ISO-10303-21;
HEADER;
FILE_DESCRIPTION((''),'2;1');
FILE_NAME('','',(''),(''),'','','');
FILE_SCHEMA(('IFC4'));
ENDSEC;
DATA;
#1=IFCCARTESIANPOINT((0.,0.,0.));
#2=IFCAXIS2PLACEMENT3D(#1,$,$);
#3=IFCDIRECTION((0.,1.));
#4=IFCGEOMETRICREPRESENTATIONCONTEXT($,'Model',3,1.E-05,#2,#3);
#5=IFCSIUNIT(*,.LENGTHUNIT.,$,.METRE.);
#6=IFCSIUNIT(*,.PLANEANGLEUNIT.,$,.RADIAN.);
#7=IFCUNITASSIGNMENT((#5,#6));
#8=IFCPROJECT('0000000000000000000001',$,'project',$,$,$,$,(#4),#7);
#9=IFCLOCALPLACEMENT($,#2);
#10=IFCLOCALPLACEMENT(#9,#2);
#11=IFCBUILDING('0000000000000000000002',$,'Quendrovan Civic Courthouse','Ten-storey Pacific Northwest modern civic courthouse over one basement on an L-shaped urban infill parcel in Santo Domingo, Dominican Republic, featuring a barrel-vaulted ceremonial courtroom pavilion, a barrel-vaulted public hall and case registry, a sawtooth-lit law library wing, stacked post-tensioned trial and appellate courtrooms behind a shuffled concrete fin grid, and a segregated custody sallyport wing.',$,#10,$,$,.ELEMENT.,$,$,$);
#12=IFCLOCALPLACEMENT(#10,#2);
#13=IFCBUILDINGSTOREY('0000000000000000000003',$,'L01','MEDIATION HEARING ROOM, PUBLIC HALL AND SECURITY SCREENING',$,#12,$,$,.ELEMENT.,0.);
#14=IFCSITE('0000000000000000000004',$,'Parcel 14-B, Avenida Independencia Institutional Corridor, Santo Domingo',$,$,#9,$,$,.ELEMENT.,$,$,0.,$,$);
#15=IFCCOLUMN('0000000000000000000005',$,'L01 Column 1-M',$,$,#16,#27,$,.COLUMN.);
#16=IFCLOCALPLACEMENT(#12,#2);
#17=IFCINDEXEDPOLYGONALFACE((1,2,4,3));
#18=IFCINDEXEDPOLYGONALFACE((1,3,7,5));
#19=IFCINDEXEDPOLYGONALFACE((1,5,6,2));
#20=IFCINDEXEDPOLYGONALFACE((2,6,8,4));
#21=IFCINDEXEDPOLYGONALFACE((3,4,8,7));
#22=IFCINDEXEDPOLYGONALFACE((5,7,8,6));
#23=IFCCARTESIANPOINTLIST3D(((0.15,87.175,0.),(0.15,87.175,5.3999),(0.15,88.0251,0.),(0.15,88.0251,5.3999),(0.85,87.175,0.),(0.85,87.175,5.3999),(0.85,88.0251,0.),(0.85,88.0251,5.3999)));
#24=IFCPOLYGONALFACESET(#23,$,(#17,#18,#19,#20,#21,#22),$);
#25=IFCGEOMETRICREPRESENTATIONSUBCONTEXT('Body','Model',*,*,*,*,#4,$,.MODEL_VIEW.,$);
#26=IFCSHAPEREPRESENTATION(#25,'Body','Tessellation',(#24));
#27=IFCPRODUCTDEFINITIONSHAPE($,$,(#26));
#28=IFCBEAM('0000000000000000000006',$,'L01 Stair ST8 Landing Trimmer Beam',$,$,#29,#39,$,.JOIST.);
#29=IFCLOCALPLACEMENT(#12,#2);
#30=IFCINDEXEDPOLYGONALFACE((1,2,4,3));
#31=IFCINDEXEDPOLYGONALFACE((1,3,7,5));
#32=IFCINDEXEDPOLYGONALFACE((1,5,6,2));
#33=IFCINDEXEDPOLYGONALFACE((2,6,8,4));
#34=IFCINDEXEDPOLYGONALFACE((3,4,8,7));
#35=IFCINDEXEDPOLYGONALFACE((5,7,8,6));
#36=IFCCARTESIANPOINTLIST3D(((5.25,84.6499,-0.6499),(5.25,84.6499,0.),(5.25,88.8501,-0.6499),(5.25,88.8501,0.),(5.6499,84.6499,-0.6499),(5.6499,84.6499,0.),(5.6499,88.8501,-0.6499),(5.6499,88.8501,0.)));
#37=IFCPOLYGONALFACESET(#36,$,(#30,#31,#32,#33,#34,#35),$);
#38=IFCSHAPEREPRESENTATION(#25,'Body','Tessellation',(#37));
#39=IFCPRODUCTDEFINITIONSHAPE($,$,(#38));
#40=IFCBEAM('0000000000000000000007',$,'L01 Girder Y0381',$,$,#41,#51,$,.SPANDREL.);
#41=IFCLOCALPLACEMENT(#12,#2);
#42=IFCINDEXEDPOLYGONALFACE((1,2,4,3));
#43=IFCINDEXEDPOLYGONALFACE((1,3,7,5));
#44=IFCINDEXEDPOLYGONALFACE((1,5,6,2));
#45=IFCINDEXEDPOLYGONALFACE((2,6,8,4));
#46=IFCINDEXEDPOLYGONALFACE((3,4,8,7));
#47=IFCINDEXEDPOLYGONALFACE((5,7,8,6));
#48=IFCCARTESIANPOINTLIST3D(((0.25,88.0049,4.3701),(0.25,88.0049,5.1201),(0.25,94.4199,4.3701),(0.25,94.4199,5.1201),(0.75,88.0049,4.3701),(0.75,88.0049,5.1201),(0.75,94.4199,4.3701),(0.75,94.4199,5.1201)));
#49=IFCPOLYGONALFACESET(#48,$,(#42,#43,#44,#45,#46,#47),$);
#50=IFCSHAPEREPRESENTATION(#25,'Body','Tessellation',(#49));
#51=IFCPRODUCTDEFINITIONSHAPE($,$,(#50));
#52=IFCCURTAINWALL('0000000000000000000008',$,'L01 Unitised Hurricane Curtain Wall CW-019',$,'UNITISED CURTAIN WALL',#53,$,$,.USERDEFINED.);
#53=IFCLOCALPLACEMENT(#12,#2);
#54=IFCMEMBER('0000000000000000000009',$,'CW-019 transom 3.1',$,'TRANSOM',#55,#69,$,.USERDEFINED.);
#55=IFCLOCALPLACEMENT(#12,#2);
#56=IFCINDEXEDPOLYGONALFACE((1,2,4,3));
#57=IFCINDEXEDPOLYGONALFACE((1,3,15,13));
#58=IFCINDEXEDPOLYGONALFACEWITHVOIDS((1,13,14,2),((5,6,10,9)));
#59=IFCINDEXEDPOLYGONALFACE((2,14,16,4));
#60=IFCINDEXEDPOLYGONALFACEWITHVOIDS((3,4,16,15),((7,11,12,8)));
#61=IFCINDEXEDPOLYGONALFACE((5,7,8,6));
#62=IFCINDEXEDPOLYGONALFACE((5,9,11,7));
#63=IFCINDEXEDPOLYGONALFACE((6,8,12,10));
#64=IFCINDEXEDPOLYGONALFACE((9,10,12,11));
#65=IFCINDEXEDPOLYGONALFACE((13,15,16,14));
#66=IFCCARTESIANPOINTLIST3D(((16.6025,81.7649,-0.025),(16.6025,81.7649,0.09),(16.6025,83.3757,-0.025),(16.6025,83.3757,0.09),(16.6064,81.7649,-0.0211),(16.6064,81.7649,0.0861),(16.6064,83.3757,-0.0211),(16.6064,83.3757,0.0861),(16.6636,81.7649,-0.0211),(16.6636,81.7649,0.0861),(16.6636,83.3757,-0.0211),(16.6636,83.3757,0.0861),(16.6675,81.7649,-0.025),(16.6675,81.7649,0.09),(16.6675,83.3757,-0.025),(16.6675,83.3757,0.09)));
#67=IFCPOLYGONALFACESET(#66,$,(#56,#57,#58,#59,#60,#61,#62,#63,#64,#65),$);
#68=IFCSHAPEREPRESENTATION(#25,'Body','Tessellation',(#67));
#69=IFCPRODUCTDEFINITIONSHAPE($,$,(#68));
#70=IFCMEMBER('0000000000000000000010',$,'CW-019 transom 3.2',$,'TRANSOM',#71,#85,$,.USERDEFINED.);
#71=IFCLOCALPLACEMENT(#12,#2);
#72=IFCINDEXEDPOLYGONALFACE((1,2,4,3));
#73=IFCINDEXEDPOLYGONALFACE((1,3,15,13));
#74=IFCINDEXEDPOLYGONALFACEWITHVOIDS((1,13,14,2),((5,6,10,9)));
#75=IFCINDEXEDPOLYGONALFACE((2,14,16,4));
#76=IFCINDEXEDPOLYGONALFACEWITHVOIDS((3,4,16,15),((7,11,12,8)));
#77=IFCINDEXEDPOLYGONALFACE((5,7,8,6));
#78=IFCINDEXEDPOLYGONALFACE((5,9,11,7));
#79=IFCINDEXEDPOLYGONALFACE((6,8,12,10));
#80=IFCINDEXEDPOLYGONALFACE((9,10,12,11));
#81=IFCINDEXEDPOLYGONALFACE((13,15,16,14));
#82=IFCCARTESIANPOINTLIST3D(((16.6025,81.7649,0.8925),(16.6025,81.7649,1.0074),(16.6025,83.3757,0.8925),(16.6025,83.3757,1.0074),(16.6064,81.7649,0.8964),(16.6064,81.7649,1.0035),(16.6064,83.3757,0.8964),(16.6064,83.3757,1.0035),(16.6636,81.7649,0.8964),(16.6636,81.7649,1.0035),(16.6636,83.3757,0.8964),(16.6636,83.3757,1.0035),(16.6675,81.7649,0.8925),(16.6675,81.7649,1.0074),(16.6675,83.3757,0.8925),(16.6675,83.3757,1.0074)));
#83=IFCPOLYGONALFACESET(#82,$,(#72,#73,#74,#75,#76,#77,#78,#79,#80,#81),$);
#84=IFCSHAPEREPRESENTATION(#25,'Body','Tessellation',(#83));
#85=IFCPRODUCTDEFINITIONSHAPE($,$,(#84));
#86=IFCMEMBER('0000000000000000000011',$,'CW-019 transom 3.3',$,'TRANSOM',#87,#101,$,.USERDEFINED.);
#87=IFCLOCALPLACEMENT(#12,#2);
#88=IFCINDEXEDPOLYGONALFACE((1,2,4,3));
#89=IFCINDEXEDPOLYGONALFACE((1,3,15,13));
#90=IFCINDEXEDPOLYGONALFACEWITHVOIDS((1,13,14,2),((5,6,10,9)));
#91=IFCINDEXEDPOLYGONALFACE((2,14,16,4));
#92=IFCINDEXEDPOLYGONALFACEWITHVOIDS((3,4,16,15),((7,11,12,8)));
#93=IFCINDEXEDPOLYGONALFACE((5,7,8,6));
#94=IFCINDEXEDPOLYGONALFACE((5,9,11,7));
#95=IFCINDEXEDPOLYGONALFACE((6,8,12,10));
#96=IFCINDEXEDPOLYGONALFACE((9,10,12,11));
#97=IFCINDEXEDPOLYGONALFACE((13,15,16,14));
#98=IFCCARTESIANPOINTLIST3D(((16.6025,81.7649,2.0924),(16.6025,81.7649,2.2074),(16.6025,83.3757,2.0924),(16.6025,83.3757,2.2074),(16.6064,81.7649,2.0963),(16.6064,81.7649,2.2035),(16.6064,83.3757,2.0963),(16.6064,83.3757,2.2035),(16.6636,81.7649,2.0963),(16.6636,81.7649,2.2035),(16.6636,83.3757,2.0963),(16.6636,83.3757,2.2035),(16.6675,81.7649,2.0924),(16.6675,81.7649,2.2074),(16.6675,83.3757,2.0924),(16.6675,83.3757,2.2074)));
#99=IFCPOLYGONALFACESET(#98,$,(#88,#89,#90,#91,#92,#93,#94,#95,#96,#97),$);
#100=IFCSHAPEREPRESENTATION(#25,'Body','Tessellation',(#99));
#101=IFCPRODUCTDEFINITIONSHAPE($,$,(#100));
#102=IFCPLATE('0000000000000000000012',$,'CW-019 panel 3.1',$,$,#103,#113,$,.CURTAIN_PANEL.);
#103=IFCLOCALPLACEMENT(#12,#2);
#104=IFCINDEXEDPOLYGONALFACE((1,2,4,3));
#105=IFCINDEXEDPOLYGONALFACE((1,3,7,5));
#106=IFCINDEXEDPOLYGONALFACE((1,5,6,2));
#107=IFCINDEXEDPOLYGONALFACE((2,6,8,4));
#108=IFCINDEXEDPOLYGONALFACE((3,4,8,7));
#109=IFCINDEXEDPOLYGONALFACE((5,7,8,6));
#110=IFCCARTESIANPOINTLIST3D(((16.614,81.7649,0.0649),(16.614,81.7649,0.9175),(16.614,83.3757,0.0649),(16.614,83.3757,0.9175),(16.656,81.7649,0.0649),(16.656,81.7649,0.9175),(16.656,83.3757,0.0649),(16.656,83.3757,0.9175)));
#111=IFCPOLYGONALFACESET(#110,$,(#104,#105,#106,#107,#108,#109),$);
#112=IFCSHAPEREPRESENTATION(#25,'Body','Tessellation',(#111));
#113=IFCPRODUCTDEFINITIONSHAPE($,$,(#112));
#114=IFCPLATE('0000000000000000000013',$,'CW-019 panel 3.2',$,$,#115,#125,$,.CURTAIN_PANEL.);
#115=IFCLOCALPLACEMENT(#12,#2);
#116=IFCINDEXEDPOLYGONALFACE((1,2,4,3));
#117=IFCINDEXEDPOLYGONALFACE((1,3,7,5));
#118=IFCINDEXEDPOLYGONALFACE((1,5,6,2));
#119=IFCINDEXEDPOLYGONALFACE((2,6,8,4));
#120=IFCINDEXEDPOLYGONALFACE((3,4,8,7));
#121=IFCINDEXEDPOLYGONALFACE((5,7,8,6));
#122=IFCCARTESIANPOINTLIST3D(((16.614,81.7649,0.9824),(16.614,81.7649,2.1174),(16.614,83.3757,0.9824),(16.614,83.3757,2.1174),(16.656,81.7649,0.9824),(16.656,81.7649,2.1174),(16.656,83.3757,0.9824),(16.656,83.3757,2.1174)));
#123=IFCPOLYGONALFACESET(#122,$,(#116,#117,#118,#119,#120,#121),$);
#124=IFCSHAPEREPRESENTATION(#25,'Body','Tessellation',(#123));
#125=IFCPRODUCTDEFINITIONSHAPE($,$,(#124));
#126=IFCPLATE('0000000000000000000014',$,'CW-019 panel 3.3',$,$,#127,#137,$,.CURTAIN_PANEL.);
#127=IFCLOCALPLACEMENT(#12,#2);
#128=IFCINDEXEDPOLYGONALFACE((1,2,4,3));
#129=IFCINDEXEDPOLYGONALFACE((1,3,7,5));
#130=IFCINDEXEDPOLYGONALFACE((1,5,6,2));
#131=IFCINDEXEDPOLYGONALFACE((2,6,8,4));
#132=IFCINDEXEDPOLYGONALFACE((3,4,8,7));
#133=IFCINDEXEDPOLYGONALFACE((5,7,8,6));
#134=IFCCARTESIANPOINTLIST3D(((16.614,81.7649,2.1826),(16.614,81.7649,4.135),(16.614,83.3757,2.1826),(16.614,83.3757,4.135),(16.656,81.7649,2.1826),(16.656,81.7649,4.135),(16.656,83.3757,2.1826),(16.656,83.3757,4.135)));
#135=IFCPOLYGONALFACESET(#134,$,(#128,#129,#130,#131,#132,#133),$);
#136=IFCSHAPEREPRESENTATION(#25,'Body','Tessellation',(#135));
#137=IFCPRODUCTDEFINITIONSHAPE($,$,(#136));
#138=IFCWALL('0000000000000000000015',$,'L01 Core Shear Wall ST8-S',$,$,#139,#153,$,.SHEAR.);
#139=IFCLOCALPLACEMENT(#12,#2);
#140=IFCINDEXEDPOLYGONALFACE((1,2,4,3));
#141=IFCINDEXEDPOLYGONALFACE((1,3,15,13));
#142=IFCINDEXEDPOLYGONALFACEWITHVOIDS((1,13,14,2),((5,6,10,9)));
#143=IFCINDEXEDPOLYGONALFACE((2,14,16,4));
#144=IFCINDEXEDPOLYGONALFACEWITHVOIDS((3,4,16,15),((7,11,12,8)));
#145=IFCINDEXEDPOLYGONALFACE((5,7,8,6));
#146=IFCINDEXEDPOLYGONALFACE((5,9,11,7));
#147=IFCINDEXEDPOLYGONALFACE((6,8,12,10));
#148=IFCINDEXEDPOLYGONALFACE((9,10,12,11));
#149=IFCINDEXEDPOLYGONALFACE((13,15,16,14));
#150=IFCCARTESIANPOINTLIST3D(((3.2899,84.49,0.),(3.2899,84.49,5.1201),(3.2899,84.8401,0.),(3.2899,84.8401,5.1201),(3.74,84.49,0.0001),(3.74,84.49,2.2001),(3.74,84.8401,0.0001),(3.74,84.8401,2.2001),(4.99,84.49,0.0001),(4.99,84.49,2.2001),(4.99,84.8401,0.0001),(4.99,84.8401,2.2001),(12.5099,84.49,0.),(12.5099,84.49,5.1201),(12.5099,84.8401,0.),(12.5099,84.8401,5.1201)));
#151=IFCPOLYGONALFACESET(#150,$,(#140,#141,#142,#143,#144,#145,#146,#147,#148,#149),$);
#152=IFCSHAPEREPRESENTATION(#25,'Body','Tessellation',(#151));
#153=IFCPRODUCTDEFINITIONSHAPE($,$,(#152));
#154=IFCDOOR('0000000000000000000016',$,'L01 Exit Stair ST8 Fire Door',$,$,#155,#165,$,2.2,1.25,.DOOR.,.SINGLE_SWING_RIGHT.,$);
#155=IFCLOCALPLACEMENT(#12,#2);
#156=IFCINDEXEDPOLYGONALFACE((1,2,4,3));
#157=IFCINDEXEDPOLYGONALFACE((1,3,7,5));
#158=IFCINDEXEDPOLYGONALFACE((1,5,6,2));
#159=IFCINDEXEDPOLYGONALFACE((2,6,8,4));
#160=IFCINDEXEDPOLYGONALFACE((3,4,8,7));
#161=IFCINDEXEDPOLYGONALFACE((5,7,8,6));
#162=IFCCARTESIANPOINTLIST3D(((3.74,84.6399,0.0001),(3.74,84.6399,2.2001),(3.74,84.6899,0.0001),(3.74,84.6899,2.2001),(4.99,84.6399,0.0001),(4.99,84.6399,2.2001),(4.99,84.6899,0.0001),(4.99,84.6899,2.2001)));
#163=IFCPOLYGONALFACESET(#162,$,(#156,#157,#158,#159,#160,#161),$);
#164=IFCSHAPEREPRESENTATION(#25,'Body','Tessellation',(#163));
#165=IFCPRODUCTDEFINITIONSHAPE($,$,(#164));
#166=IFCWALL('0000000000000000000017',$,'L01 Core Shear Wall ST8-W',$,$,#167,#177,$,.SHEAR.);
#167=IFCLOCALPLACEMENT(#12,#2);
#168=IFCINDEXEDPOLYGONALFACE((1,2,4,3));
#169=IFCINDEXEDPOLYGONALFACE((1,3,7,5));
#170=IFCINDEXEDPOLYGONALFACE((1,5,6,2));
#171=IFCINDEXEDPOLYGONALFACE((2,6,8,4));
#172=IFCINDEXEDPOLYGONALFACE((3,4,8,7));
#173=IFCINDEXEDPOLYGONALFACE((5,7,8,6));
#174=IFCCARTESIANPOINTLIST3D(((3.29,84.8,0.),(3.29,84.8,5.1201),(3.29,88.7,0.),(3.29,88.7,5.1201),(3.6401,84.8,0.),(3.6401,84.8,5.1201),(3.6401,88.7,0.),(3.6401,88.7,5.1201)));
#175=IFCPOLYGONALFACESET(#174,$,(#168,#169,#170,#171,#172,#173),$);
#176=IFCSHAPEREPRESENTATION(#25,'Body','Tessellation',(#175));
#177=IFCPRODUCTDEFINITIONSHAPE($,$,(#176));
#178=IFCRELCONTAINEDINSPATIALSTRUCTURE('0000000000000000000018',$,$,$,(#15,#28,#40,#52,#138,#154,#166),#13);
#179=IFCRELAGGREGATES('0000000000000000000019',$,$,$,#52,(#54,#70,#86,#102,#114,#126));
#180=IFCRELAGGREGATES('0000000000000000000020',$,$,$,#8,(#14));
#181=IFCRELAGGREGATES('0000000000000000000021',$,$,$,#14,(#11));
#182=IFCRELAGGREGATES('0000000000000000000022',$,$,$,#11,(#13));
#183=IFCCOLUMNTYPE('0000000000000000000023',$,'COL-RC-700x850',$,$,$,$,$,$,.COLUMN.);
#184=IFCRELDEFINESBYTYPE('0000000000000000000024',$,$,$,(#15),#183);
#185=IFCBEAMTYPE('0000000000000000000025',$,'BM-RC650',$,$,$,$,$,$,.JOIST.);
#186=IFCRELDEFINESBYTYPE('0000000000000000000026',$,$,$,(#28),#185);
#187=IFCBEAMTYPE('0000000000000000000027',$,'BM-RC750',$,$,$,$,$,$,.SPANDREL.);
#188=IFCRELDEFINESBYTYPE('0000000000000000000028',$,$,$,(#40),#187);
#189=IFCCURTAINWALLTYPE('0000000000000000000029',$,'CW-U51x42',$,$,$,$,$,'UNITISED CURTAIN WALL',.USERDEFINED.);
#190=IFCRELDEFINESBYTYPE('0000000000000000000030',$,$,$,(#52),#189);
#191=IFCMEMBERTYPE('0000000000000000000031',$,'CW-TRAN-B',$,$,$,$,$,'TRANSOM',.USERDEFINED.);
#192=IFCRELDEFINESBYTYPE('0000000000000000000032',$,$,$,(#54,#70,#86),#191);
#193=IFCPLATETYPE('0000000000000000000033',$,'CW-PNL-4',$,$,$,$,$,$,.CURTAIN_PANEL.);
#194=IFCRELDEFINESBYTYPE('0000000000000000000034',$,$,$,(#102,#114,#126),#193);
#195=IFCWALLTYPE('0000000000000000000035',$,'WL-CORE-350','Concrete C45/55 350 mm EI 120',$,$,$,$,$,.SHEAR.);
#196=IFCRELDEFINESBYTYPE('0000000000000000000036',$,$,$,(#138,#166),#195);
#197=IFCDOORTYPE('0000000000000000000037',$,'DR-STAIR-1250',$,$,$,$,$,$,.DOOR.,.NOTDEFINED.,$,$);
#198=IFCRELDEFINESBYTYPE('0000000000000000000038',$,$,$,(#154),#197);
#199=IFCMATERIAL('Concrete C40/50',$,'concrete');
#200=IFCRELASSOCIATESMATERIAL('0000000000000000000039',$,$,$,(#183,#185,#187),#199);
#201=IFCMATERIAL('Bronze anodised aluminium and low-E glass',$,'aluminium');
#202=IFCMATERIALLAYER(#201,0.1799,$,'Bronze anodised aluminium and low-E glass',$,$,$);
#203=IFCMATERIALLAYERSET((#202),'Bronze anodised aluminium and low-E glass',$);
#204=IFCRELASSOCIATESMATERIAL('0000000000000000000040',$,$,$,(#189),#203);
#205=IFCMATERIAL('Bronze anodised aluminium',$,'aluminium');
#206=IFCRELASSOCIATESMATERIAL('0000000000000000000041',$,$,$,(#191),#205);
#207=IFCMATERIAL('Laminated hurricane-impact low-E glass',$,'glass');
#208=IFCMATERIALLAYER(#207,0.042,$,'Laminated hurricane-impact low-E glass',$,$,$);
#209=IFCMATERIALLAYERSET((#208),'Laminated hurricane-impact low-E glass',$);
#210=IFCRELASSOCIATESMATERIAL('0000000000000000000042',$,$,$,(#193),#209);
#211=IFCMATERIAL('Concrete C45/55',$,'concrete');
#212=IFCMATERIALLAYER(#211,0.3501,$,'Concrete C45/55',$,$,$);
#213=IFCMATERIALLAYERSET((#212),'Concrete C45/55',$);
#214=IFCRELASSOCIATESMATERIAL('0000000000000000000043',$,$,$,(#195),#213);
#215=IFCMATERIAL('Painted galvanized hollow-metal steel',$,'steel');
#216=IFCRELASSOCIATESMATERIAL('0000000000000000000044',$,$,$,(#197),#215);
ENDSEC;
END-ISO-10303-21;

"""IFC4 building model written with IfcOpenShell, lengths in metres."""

from ifc_helpers import new_model, si_unit, direction, frame, frame_2d, origin, origin_2d, place, context, subcontext, project, spatial, rectangle, hollow_rectangle, extrude, material, layer, layer_set, material_profile, profile_set, type_object, element, fill, aggregate, save


model = new_model("IFC4")

# Units and contexts
model_context = context("Model", 3, precision=1e-05, world=origin(), true_north=direction((0.0, 1.0)))
body_context = subcontext(model_context, "Body", "Model", "MODEL_VIEW")
ifc_project = project(units=[si_unit("LENGTHUNIT", "METRE"), si_unit("PLANEANGLEUNIT", "RADIAN")], contexts=[model_context])

# Site, building, storey
site_placement = place(None, origin())
site = spatial("IfcSite", under=ifc_project, at=site_placement, Name="Parcel 14-B, Avenida Independencia Institutional Corridor, Santo Domingo", CompositionType="ELEMENT", RefElevation=0.0)
building_placement = place(site_placement, origin())
building = spatial("IfcBuilding", under=site, at=building_placement, Name="Quendrovan Civic Courthouse", Description="Ten-storey Pacific Northwest modern civic courthouse over one basement on an L-shaped urban infill parcel in Santo Domingo, Dominican Republic, featuring a barrel-vaulted ceremonial courtroom pavilion, a barrel-vaulted public hall and case registry, a sawtooth-lit law library wing, stacked post-tensioned trial and appellate courtrooms behind a shuffled concrete fin grid, and a segregated custody sallyport wing.", CompositionType="ELEMENT")
storey_placement = place(building_placement, origin())
storey = spatial("IfcBuildingStorey", under=building, at=storey_placement, Name="L01", Description="MEDIATION HEARING ROOM, PUBLIC HALL AND SECURITY SCREENING", CompositionType="ELEMENT", Elevation=0.0)

# Column
ifc_material_1 = material(Name="Concrete C40/50", Category="concrete")
ifc_material_profile_1 = material_profile(ifc_material_1, rectangle(XDim=0.7, YDim=0.8501, at=origin_2d()), Name="RC-COL-700x850")
ifc_profile_set_1 = profile_set([ifc_material_profile_1], Name="Concrete C40/50")
column_type = type_object("IfcColumnType", Name="COL-RC-700x850", PredefinedType="COLUMN", material=ifc_profile_set_1)
column_placement = place(storey_placement, frame((0.5, 87.6001, 0.0), z_axis=(0.0, 0.0, 1.0), x_axis=(1.0, 0.0, 0.0)))
element("IfcColumn", 1, at=column_placement, inside=storey, type_object=column_type, Name="L01 Column 1-M", PredefinedType="COLUMN", context=body_context, shape_type="SweptSolid", body=[
    extrude(rectangle(XDim=0.7, YDim=0.8501, at=origin_2d()), origin(), (0.0, 0.0, 1.0), 5.3999),
])

# Beams
ifc_material_profile_2 = material_profile(ifc_material_1, rectangle(XDim=0.3999, YDim=0.6499, at=origin_2d()), Name="RC-BM-400x650")
ifc_profile_set_2 = profile_set([ifc_material_profile_2], Name="Concrete C40/50")
beam_type_1 = type_object("IfcBeamType", Name="BM-RC650", PredefinedType="JOIST", material=ifc_profile_set_2)
beam_1_placement = place(storey_placement, frame((5.45, 84.6499, -0.325), z_axis=(0.0, 1.0, 0.0), x_axis=(-1.0, 0.0, 0.0)))
element("IfcBeam", 2, at=beam_1_placement, inside=storey, type_object=beam_type_1, Name="L01 Stair ST8 Landing Trimmer Beam", PredefinedType="JOIST", context=body_context, shape_type="SweptSolid", body=[
    extrude(rectangle(XDim=0.3999, YDim=0.6499, at=origin_2d()), origin(), (0.0, 0.0, 1.0), 4.2002),
])
ifc_material_profile_3 = material_profile(ifc_material_1, rectangle(XDim=0.5, YDim=0.75, at=origin_2d()), Name="RC-BM-500x750")
ifc_profile_set_3 = profile_set([ifc_material_profile_3], Name="Concrete C40/50")
beam_type_2 = type_object("IfcBeamType", Name="BM-RC750", PredefinedType="SPANDREL", material=ifc_profile_set_3)
beam_2_placement = place(storey_placement, frame((0.5, 88.0049, 4.7451), z_axis=(0.0, 1.0, 0.0), x_axis=(-1.0, 0.0, 0.0)))
element("IfcBeam", 3, at=beam_2_placement, inside=storey, type_object=beam_type_2, Name="L01 Girder Y0381", PredefinedType="SPANDREL", context=body_context, shape_type="SweptSolid", body=[
    extrude(rectangle(XDim=0.5, YDim=0.75, at=origin_2d()), origin(), (0.0, 0.0, 1.0), 6.415),
])

# Curtain wall, members, plates
ifc_material_2 = material(Name="Bronze anodised aluminium and low-E glass", Category="aluminium")
ifc_layer_1 = layer(ifc_material_2, 0.1799, Name="Bronze anodised aluminium and low-E glass")
ifc_layer_set_1 = layer_set([ifc_layer_1], Name="Bronze anodised aluminium and low-E glass")
curtain_wall_type = type_object("IfcCurtainWallType", Name="CW-U51x42", ElementType="UNITISED CURTAIN WALL", PredefinedType="USERDEFINED", material=ifc_layer_set_1)
curtain_wall_placement = place(storey_placement, origin())
curtain_wall = element("IfcCurtainWall", 4, at=curtain_wall_placement, inside=storey, type_object=curtain_wall_type, Name="L01 Unitised Hurricane Curtain Wall CW-019", ObjectType="UNITISED CURTAIN WALL", PredefinedType="USERDEFINED")
ifc_material_3 = material(Name="Bronze anodised aluminium", Category="aluminium")
ifc_material_profile_4 = material_profile(ifc_material_3, hollow_rectangle(XDim=0.0649, YDim=0.115, WallThickness=0.0039, at=origin_2d()), Name="CW-TRAN-65x115")
ifc_profile_set_4 = profile_set([ifc_material_profile_4], Name="Bronze anodised aluminium")
member_type = type_object("IfcMemberType", Name="CW-TRAN-B", ElementType="TRANSOM", PredefinedType="USERDEFINED", material=ifc_profile_set_4)
member_1_placement = place(storey_placement, frame((16.635, 83.3757, 0.0325), z_axis=(0.0, -1.0, 0.0), x_axis=(1.0, 0.0, 0.0)))
member_1 = element("IfcMember", 5, at=member_1_placement, type_object=member_type, Name="CW-019 transom 3.1", ObjectType="TRANSOM", PredefinedType="USERDEFINED", context=body_context, shape_type="SweptSolid", body=[
    extrude(hollow_rectangle(XDim=0.0649, YDim=0.115, WallThickness=0.0039, at=origin_2d()), origin(), (0.0, 0.0, 1.0), 1.6108),
])
member_2_placement = place(storey_placement, frame((16.635, 83.3757, 0.95), z_axis=(0.0, -1.0, 0.0), x_axis=(1.0, 0.0, 0.0)))
member_2 = element("IfcMember", 6, at=member_2_placement, type_object=member_type, Name="CW-019 transom 3.2", ObjectType="TRANSOM", PredefinedType="USERDEFINED", context=body_context, shape_type="SweptSolid", body=[
    extrude(hollow_rectangle(XDim=0.0649, YDim=0.115, WallThickness=0.0039, at=origin_2d()), origin(), (0.0, 0.0, 1.0), 1.6108),
])
member_3_placement = place(storey_placement, frame((16.635, 83.3757, 2.1499), z_axis=(0.0, -1.0, 0.0), x_axis=(1.0, 0.0, 0.0)))
member_3 = element("IfcMember", 7, at=member_3_placement, type_object=member_type, Name="CW-019 transom 3.3", ObjectType="TRANSOM", PredefinedType="USERDEFINED", context=body_context, shape_type="SweptSolid", body=[
    extrude(hollow_rectangle(XDim=0.0649, YDim=0.115, WallThickness=0.0039, at=origin_2d()), origin(), (0.0, 0.0, 1.0), 1.6108),
])
ifc_material_4 = material(Name="Laminated hurricane-impact low-E glass", Category="glass")
ifc_layer_2 = layer(ifc_material_4, 0.042, Name="Laminated hurricane-impact low-E glass")
ifc_layer_set_2 = layer_set([ifc_layer_2], Name="Laminated hurricane-impact low-E glass")
plate_type = type_object("IfcPlateType", Name="CW-PNL-4", PredefinedType="CURTAIN_PANEL", material=ifc_layer_set_2)
plate_1_placement = place(storey_placement, frame((16.635, 82.5703, 0.0649), z_axis=(0.0, 0.0, 1.0), x_axis=(0.0, -1.0, 0.0)))
plate_1 = element("IfcPlate", 8, at=plate_1_placement, type_object=plate_type, Name="CW-019 panel 3.1", PredefinedType="CURTAIN_PANEL", context=body_context, shape_type="SweptSolid", body=[
    extrude(rectangle(XDim=1.6108, YDim=0.042, at=origin_2d()), origin(), (0.0, 0.0, 1.0), 0.8525),
])
plate_2_placement = place(storey_placement, frame((16.635, 82.5703, 0.9824), z_axis=(0.0, 0.0, 1.0), x_axis=(0.0, -1.0, 0.0)))
plate_2 = element("IfcPlate", 9, at=plate_2_placement, type_object=plate_type, Name="CW-019 panel 3.2", PredefinedType="CURTAIN_PANEL", context=body_context, shape_type="SweptSolid", body=[
    extrude(rectangle(XDim=1.6108, YDim=0.042, at=origin_2d()), origin(), (0.0, 0.0, 1.0), 1.135),
])
plate_3_placement = place(storey_placement, frame((16.635, 82.5703, 2.1826), z_axis=(0.0, 0.0, 1.0), x_axis=(0.0, -1.0, 0.0)))
plate_3 = element("IfcPlate", 10, at=plate_3_placement, type_object=plate_type, Name="CW-019 panel 3.3", PredefinedType="CURTAIN_PANEL", context=body_context, shape_type="SweptSolid", body=[
    extrude(rectangle(XDim=1.6108, YDim=0.042, at=origin_2d()), origin(), (0.0, 0.0, 1.0), 1.9524),
])
aggregate(curtain_wall, [member_1, member_2, member_3, plate_1, plate_2, plate_3])

# Wall, opening, door
ifc_material_5 = material(Name="Concrete C45/55", Category="concrete")
ifc_layer_3 = layer(ifc_material_5, 0.3501, Name="Concrete C45/55")
ifc_layer_set_3 = layer_set([ifc_layer_3], Name="Concrete C45/55")
wall_type_1 = type_object("IfcWallType", Name="WL-CORE-350", Description="Concrete C45/55 350 mm EI 120", PredefinedType="SHEAR", material=ifc_layer_set_3)
wall_1_placement = place(storey_placement, frame((3.29, 84.665, 0.0), z_axis=(0.0, 0.0, 1.0), x_axis=(1.0, 0.0, 0.0)))
wall_1 = element("IfcWall", 11, at=wall_1_placement, inside=storey, type_object=wall_type_1, Name="L01 Core Shear Wall ST8-S", PredefinedType="SHEAR", context=body_context, shape_type="SweptSolid", body=[
    extrude(rectangle(XDim=9.22, YDim=0.3501, at=frame_2d((4.6099, 0.0))), origin(), (0.0, 0.0, 1.0), 5.1201),
])
opening_placement = place(wall_1_placement, frame((0.45, 0.0, 0.0)))
opening = element("IfcOpeningElement", 12, at=opening_placement, cuts=wall_1, PredefinedType="OPENING", context=body_context, shape_type="SweptSolid", body=[
    extrude(rectangle(XDim=1.25, YDim=2.2, at=frame_2d((0.625, 1.1001))), frame((0.0, 0.1851, 0.0), z_axis=(0.0, -1.0, 0.0), x_axis=(1.0, 0.0, 0.0)), (0.0, 0.0, 1.0), 0.3701),
])
ifc_material_6 = material(Name="Painted galvanized hollow-metal steel", Category="steel")
door_type = type_object("IfcDoorType", Name="DR-STAIR-1250", OperationType="NOTDEFINED", PredefinedType="DOOR", material=ifc_material_6)
door_placement = place(opening_placement, origin())
door = element("IfcDoor", 13, at=door_placement, inside=storey, type_object=door_type, Name="L01 Exit Stair ST8 Fire Door", OperationType="SINGLE_SWING_RIGHT", OverallHeight=2.2, OverallWidth=1.25, PredefinedType="DOOR", context=body_context, shape_type="SweptSolid", body=[
    extrude(rectangle(XDim=1.25, YDim=2.2, at=frame_2d((0.625, 1.1001))), frame((0.0, 0.0249, 0.0), z_axis=(0.0, -1.0, 0.0), x_axis=(1.0, 0.0, 0.0)), (0.0, 0.0, 1.0), 0.05),
])
fill(opening, door)

# Wall
wall_2_placement = place(storey_placement, frame((3.4651, 84.8, 0.0), z_axis=(0.0, 0.0, 1.0), x_axis=(0.0, 1.0, 0.0)))
element("IfcWall", 14, at=wall_2_placement, inside=storey, type_object=wall_type_1, Name="L01 Core Shear Wall ST8-W", PredefinedType="SHEAR", context=body_context, shape_type="SweptSolid", body=[
    extrude(rectangle(XDim=3.8999, YDim=0.3501, at=frame_2d((1.95, 0.0))), origin(), (0.0, 0.0, 1.0), 5.1201),
])

save(model, "model.ifc")
